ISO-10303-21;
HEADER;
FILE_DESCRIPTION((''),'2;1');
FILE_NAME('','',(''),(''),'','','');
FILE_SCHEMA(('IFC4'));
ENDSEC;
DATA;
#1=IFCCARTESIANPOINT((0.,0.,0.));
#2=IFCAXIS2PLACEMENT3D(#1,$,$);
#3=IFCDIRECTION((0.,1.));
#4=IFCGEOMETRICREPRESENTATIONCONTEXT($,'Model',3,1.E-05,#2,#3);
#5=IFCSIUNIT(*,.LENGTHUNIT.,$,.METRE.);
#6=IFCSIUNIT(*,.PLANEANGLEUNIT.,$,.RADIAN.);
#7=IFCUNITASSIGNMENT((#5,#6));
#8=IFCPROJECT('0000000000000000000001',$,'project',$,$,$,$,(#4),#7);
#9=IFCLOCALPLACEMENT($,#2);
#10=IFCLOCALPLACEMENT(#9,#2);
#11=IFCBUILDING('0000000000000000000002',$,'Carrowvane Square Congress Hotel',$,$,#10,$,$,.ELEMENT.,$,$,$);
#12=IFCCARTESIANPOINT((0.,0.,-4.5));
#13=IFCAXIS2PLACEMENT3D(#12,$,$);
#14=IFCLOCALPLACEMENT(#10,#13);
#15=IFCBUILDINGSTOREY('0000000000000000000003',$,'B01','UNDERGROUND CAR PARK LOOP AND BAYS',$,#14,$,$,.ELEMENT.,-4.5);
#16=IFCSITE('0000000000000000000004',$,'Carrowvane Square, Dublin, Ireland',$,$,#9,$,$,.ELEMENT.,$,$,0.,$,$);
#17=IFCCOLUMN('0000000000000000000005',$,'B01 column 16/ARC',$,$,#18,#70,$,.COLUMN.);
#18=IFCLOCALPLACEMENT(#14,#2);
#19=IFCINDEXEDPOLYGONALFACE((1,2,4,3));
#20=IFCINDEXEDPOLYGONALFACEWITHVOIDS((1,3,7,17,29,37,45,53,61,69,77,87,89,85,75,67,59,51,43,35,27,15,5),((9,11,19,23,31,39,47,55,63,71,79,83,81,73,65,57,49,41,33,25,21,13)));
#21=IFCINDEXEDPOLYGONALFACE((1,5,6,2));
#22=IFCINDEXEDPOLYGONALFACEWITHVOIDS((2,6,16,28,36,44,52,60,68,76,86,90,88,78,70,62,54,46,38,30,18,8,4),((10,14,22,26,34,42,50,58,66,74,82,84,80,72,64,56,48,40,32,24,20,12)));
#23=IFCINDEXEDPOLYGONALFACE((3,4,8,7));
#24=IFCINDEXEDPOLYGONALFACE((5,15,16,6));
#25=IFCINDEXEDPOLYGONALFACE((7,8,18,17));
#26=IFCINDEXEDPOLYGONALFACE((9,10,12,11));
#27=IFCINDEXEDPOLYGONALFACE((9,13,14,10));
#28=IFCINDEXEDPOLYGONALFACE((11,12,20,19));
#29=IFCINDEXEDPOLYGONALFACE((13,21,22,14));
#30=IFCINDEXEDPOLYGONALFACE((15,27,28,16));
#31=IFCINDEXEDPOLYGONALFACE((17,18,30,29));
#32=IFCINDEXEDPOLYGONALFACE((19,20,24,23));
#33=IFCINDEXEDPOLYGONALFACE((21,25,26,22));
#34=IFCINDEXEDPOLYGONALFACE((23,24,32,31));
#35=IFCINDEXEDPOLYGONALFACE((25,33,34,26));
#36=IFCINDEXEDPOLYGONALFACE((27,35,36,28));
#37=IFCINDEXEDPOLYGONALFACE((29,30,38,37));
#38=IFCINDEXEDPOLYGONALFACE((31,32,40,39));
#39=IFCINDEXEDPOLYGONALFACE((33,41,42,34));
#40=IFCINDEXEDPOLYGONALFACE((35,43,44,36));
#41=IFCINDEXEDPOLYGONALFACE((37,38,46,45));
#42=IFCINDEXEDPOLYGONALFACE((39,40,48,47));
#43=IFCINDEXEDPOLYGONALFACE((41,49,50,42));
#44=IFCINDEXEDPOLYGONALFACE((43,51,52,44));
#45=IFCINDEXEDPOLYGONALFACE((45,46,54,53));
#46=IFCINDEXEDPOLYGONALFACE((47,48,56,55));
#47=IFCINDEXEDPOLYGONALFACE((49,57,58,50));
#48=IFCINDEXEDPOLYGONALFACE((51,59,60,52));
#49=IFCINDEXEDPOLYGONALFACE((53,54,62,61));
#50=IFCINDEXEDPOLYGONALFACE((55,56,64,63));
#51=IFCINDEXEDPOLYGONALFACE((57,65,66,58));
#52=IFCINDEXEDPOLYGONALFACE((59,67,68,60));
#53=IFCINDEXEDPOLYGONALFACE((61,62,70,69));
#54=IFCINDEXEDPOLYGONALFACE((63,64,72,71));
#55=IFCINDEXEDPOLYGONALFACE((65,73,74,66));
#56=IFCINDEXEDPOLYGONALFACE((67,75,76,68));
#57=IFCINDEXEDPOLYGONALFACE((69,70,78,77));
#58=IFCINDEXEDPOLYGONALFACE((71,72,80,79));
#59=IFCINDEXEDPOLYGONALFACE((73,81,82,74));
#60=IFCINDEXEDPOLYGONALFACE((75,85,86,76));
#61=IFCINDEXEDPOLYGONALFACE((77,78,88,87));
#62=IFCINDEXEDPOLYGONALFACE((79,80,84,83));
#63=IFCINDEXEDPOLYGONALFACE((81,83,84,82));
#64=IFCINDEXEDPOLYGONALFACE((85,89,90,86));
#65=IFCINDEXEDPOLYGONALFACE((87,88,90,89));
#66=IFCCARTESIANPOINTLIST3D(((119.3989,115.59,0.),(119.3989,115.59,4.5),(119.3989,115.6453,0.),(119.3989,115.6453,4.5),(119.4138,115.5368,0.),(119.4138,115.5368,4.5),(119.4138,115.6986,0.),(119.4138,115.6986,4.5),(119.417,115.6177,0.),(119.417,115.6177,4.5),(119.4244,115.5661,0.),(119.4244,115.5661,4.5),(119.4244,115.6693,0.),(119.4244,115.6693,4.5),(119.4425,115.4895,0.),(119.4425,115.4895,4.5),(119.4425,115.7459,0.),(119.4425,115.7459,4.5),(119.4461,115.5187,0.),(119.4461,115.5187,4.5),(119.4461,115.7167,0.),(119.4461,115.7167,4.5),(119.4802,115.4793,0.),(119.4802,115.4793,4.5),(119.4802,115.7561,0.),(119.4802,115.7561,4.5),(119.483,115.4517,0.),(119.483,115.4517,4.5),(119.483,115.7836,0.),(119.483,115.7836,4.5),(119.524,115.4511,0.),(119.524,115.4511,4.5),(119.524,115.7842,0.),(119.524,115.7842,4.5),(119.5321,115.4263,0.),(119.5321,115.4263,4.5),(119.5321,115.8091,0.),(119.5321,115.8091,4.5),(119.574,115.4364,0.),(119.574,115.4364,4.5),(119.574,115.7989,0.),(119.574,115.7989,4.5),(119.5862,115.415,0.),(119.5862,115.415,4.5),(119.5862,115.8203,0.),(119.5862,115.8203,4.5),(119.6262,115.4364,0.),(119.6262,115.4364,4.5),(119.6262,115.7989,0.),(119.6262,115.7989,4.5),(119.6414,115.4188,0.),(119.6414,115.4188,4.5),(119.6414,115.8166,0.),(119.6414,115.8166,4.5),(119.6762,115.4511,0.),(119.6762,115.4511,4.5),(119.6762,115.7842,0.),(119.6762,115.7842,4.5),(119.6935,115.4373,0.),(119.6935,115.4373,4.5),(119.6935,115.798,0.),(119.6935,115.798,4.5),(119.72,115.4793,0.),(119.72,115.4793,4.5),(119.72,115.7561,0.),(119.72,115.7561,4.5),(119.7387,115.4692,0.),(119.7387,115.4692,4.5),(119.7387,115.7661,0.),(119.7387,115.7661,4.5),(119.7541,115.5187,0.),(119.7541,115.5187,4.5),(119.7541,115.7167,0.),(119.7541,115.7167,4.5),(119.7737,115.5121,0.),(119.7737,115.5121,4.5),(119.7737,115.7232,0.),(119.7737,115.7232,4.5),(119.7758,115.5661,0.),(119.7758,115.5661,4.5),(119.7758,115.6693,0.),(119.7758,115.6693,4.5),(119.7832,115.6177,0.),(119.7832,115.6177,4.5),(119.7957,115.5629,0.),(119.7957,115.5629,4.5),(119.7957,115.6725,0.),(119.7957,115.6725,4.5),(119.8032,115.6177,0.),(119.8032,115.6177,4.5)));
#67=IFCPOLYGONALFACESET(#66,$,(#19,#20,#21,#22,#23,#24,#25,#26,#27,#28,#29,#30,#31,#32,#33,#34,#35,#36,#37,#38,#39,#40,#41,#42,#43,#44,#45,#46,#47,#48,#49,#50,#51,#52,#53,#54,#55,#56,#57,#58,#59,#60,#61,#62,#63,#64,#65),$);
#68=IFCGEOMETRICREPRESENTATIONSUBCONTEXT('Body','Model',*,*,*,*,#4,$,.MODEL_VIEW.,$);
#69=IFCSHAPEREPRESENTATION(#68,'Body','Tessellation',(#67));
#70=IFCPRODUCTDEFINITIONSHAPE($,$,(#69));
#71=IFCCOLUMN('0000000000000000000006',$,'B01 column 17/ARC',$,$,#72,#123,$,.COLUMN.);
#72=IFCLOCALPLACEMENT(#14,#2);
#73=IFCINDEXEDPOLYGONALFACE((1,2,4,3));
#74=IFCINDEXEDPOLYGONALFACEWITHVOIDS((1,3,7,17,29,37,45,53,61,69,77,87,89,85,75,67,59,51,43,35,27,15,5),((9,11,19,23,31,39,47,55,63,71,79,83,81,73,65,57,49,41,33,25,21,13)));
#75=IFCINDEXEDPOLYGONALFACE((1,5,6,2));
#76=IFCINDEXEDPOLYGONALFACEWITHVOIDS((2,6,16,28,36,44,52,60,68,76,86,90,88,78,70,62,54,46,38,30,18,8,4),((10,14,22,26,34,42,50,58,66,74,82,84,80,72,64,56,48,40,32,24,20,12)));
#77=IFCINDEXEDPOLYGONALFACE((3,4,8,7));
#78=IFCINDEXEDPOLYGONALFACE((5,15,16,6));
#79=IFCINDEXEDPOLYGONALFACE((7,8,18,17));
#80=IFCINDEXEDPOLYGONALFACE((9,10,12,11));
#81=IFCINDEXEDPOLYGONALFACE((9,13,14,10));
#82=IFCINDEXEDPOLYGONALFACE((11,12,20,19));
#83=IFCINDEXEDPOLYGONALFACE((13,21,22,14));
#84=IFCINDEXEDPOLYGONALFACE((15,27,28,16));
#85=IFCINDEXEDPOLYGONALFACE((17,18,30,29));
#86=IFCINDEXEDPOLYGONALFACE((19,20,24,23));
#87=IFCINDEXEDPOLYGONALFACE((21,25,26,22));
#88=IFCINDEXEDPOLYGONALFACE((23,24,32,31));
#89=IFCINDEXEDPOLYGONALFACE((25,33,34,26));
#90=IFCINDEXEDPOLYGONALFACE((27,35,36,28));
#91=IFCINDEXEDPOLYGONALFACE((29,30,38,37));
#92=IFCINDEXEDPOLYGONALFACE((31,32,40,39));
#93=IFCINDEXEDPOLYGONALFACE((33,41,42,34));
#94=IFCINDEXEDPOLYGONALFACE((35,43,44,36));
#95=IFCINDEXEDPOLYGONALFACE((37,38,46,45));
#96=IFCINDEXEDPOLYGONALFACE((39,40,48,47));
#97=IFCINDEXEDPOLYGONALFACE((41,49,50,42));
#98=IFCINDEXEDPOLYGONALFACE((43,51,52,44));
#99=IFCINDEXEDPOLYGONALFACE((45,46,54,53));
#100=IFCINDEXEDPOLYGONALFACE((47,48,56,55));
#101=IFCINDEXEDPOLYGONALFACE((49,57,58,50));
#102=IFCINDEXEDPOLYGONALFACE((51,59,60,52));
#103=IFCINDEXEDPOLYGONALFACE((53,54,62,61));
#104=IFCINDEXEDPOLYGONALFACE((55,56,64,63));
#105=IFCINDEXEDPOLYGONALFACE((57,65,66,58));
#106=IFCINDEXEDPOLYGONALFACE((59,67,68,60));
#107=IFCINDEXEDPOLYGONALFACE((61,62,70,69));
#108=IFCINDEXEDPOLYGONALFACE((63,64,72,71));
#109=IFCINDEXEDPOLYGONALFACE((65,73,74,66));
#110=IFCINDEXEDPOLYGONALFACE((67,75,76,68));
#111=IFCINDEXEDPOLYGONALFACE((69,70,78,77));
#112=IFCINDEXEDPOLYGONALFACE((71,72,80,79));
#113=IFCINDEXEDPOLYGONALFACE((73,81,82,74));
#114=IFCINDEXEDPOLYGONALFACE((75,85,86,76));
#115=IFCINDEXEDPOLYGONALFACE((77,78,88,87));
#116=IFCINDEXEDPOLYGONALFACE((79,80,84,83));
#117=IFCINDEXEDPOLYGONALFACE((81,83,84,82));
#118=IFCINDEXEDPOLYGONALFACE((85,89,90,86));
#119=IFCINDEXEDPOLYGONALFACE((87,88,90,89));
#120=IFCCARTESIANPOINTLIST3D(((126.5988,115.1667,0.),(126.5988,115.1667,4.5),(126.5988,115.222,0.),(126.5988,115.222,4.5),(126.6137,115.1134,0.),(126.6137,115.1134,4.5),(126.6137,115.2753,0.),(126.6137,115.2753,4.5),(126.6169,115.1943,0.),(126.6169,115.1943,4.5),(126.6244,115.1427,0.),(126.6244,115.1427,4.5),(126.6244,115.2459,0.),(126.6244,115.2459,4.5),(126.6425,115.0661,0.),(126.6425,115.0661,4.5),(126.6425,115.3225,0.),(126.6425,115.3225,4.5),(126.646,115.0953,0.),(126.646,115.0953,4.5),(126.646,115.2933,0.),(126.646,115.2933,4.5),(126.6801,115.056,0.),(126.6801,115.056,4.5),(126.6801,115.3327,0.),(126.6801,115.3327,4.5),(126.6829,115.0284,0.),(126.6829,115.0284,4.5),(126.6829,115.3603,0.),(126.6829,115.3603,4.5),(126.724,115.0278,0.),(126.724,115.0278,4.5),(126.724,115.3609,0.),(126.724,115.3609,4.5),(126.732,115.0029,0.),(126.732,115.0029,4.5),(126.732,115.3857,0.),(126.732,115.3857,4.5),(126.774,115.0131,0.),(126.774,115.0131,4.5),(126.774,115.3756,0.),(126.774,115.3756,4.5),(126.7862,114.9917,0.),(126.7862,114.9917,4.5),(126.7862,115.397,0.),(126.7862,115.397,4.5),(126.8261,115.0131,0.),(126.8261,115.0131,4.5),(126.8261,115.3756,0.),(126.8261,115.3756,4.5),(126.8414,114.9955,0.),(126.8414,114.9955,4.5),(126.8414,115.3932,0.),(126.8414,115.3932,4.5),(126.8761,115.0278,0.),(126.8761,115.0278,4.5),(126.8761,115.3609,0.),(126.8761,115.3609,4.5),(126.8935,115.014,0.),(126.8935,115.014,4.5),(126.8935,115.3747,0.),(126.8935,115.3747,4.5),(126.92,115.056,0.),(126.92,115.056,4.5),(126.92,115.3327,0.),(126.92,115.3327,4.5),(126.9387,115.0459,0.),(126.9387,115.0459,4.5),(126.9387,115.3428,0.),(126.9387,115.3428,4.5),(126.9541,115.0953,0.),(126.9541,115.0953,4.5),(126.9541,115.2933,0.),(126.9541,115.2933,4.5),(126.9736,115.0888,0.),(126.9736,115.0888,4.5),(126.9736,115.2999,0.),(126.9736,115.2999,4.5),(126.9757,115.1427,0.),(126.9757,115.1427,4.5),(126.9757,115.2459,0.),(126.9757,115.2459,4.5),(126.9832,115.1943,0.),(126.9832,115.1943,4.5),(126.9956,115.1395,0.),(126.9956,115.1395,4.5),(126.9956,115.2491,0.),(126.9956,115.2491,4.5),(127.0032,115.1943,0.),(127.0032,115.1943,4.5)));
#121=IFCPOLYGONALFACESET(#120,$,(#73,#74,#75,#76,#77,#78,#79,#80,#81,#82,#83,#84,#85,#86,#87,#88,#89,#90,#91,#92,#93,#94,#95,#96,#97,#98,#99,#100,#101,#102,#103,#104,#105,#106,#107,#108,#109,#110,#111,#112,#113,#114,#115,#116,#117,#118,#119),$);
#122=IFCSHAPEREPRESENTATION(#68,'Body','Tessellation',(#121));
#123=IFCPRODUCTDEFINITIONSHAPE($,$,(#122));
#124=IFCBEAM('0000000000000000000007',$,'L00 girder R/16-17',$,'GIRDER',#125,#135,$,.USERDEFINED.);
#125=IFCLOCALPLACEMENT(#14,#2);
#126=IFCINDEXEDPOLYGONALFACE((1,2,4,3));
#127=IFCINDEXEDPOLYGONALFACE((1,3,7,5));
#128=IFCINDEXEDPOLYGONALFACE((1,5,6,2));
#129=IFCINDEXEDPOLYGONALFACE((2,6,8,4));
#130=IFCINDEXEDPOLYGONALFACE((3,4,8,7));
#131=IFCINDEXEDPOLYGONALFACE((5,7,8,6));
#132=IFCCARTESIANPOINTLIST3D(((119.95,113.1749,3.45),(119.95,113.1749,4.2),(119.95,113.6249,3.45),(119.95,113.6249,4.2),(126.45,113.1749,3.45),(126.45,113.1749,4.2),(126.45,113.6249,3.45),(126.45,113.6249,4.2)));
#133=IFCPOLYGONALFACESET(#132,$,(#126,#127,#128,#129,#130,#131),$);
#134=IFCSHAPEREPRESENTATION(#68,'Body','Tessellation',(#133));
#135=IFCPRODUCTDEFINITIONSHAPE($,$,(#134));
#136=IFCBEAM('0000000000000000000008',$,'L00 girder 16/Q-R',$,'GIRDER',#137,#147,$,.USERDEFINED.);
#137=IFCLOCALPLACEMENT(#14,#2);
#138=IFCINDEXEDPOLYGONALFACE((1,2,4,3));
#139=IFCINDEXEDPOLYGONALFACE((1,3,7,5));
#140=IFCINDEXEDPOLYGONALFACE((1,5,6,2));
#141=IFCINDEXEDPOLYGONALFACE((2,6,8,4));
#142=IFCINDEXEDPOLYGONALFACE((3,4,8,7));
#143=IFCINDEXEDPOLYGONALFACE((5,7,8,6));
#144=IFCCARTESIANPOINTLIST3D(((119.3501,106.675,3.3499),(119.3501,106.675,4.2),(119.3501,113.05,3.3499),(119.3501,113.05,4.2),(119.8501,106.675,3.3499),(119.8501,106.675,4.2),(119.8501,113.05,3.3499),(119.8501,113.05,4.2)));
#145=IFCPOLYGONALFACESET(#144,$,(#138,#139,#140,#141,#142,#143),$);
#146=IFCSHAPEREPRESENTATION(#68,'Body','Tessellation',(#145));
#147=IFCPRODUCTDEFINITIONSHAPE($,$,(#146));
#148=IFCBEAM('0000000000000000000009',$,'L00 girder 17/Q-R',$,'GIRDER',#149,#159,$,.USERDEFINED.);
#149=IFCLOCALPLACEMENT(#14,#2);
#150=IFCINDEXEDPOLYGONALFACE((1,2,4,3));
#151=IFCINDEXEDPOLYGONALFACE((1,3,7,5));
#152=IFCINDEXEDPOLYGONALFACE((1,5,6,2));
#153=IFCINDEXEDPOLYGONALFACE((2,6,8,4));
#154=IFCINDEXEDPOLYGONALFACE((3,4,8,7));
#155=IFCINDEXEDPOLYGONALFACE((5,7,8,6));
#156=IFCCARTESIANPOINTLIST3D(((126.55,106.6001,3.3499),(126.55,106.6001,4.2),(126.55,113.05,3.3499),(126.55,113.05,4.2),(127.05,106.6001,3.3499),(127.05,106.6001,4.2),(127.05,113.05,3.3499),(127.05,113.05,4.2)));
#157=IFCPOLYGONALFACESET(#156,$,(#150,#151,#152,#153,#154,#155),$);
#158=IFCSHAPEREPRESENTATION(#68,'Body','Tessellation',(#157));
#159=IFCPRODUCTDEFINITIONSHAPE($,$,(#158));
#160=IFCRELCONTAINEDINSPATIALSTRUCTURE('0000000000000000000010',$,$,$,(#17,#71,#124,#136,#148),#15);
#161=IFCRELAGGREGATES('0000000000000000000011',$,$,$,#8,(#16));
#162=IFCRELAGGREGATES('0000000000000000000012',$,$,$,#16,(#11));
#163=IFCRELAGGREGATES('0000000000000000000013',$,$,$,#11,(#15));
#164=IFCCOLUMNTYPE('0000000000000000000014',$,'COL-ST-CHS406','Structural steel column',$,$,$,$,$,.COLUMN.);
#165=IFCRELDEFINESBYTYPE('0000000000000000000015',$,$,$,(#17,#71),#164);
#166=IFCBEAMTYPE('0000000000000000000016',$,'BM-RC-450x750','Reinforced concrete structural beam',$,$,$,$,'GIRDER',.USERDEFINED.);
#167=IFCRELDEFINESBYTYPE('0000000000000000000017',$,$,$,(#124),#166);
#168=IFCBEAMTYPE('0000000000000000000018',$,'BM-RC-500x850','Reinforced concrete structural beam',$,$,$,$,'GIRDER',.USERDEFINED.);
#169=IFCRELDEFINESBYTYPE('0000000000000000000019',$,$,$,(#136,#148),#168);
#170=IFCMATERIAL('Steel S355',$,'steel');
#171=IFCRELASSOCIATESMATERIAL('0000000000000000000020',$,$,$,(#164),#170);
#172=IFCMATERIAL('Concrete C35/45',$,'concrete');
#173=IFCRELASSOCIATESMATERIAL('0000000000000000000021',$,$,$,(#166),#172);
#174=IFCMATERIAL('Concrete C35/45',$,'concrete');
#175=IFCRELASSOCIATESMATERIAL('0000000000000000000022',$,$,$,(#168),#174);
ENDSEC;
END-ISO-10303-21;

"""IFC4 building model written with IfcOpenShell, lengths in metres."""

from ifc_helpers import new_model, si_unit, direction, frame, origin, origin_2d, place, context, subcontext, project, spatial, rectangle, hollow_circle, extrude, material, material_profile, profile_set, type_object, element, save


model = new_model("IFC4")

# Units and contexts
model_context = context("Model", 3, precision=1e-05, world=origin(), true_north=direction((0.0, 1.0)))
body_context = subcontext(model_context, "Body", "Model", "MODEL_VIEW")
ifc_project = project(units=[si_unit("LENGTHUNIT", "METRE"), si_unit("PLANEANGLEUNIT", "RADIAN")], contexts=[model_context])

# Site, building, storey
site_placement = place(None, origin())
site = spatial("IfcSite", under=ifc_project, at=site_placement, Name="Carrowvane Square, Dublin, Ireland", CompositionType="ELEMENT", RefElevation=0.0)
building_placement = place(site_placement, origin())
building = spatial("IfcBuilding", under=site, at=building_placement, Name="Carrowvane Square Congress Hotel", CompositionType="ELEMENT")
storey_placement = place(building_placement, frame((0.0, 0.0, -4.5)))
storey = spatial("IfcBuildingStorey", under=building, at=storey_placement, Name="B01", Description="UNDERGROUND CAR PARK LOOP AND BAYS", CompositionType="ELEMENT", Elevation=-4.5)

# Columns
ifc_material_1 = material(Name="Steel S355", Category="steel")
ifc_material_profile_1 = material_profile(ifc_material_1, hollow_circle(Radius=0.2031, WallThickness=0.02, at=origin_2d()), Name="CHS 406.4x20")
ifc_profile_set_1 = profile_set([ifc_material_profile_1], Name="Steel S355")
column_type_1 = type_object("IfcColumnType", Name="COL-ST-CHS406", Description="Structural steel column", PredefinedType="COLUMN", material=ifc_profile_set_1)
for number, where, z_axis, x_axis, name in (
    (1, (119.6001, 115.6177, 0.0), (0.0, 0.0, 1.0), (1.0, 0.0, 0.0), "B01 column 16/ARC"),
    (2, (126.8, 115.1943, 0.0), (0.0, 0.0, 1.0), (1.0, 0.0, 0.0), "B01 column 17/ARC"),
):
    element("IfcColumn", number, at=place(storey_placement, frame(where, z_axis=z_axis, x_axis=x_axis)), inside=storey, type_object=column_type_1, Name=name, PredefinedType="COLUMN", context=body_context, shape_type="SweptSolid", body=[
        extrude(hollow_circle(Radius=0.2031, WallThickness=0.02, at=origin_2d()), origin(), (0.0, 0.0, 1.0), 4.5),
    ])

# Beams
ifc_material_2 = material(Name="Concrete C35/45", Category="concrete")
ifc_material_profile_2 = material_profile(ifc_material_2, rectangle(XDim=0.45, YDim=0.75, at=origin_2d()), Name="RC 450x750")
ifc_profile_set_2 = profile_set([ifc_material_profile_2], Name="Concrete C35/45")
beam_type_1 = type_object("IfcBeamType", Name="BM-RC-450x750", Description="Reinforced concrete structural beam", ElementType="GIRDER", PredefinedType="USERDEFINED", material=ifc_profile_set_2)
beam_1_placement = place(storey_placement, frame((119.95, 113.3999, 3.825), z_axis=(1.0, 0.0, 0.0), x_axis=(0.0, 1.0, 0.0)))
element("IfcBeam", 3, at=beam_1_placement, inside=storey, type_object=beam_type_1, Name="L00 girder R/16-17", ObjectType="GIRDER", PredefinedType="USERDEFINED", context=body_context, shape_type="SweptSolid", body=[
    extrude(rectangle(XDim=0.45, YDim=0.75, at=origin_2d()), origin(), (0.0, 0.0, 1.0), 6.5),
])
ifc_material_3 = material(Name="Concrete C35/45", Category="concrete")
ifc_material_profile_3 = material_profile(ifc_material_3, rectangle(XDim=0.5, YDim=0.8501, at=origin_2d()), Name="RC 500x850")
ifc_profile_set_3 = profile_set([ifc_material_profile_3], Name="Concrete C35/45")
beam_type_2 = type_object("IfcBeamType", Name="BM-RC-500x850", Description="Reinforced concrete structural beam", ElementType="GIRDER", PredefinedType="USERDEFINED", material=ifc_profile_set_3)
beam_2_placement = place(storey_placement, frame((119.6001, 106.675, 3.7749), z_axis=(0.0, 1.0, 0.0), x_axis=(-1.0, 0.0, 0.0)))
element("IfcBeam", 4, at=beam_2_placement, inside=storey, type_object=beam_type_2, Name="L00 girder 16/Q-R", ObjectType="GIRDER", PredefinedType="USERDEFINED", context=body_context, shape_type="SweptSolid", body=[
    extrude(rectangle(XDim=0.5, YDim=0.8501, at=origin_2d()), origin(), (0.0, 0.0, 1.0), 6.375),
])
beam_3_placement = place(storey_placement, frame((126.8, 106.6001, 3.7749), z_axis=(0.0, 1.0, 0.0), x_axis=(-1.0, 0.0, 0.0)))
element("IfcBeam", 5, at=beam_3_placement, inside=storey, type_object=beam_type_2, Name="L00 girder 17/Q-R", ObjectType="GIRDER", PredefinedType="USERDEFINED", context=body_context, shape_type="SweptSolid", body=[
    extrude(rectangle(XDim=0.5, YDim=0.8501, at=origin_2d()), origin(), (0.0, 0.0, 1.0), 6.45),
])

save(model, "model.ifc")
